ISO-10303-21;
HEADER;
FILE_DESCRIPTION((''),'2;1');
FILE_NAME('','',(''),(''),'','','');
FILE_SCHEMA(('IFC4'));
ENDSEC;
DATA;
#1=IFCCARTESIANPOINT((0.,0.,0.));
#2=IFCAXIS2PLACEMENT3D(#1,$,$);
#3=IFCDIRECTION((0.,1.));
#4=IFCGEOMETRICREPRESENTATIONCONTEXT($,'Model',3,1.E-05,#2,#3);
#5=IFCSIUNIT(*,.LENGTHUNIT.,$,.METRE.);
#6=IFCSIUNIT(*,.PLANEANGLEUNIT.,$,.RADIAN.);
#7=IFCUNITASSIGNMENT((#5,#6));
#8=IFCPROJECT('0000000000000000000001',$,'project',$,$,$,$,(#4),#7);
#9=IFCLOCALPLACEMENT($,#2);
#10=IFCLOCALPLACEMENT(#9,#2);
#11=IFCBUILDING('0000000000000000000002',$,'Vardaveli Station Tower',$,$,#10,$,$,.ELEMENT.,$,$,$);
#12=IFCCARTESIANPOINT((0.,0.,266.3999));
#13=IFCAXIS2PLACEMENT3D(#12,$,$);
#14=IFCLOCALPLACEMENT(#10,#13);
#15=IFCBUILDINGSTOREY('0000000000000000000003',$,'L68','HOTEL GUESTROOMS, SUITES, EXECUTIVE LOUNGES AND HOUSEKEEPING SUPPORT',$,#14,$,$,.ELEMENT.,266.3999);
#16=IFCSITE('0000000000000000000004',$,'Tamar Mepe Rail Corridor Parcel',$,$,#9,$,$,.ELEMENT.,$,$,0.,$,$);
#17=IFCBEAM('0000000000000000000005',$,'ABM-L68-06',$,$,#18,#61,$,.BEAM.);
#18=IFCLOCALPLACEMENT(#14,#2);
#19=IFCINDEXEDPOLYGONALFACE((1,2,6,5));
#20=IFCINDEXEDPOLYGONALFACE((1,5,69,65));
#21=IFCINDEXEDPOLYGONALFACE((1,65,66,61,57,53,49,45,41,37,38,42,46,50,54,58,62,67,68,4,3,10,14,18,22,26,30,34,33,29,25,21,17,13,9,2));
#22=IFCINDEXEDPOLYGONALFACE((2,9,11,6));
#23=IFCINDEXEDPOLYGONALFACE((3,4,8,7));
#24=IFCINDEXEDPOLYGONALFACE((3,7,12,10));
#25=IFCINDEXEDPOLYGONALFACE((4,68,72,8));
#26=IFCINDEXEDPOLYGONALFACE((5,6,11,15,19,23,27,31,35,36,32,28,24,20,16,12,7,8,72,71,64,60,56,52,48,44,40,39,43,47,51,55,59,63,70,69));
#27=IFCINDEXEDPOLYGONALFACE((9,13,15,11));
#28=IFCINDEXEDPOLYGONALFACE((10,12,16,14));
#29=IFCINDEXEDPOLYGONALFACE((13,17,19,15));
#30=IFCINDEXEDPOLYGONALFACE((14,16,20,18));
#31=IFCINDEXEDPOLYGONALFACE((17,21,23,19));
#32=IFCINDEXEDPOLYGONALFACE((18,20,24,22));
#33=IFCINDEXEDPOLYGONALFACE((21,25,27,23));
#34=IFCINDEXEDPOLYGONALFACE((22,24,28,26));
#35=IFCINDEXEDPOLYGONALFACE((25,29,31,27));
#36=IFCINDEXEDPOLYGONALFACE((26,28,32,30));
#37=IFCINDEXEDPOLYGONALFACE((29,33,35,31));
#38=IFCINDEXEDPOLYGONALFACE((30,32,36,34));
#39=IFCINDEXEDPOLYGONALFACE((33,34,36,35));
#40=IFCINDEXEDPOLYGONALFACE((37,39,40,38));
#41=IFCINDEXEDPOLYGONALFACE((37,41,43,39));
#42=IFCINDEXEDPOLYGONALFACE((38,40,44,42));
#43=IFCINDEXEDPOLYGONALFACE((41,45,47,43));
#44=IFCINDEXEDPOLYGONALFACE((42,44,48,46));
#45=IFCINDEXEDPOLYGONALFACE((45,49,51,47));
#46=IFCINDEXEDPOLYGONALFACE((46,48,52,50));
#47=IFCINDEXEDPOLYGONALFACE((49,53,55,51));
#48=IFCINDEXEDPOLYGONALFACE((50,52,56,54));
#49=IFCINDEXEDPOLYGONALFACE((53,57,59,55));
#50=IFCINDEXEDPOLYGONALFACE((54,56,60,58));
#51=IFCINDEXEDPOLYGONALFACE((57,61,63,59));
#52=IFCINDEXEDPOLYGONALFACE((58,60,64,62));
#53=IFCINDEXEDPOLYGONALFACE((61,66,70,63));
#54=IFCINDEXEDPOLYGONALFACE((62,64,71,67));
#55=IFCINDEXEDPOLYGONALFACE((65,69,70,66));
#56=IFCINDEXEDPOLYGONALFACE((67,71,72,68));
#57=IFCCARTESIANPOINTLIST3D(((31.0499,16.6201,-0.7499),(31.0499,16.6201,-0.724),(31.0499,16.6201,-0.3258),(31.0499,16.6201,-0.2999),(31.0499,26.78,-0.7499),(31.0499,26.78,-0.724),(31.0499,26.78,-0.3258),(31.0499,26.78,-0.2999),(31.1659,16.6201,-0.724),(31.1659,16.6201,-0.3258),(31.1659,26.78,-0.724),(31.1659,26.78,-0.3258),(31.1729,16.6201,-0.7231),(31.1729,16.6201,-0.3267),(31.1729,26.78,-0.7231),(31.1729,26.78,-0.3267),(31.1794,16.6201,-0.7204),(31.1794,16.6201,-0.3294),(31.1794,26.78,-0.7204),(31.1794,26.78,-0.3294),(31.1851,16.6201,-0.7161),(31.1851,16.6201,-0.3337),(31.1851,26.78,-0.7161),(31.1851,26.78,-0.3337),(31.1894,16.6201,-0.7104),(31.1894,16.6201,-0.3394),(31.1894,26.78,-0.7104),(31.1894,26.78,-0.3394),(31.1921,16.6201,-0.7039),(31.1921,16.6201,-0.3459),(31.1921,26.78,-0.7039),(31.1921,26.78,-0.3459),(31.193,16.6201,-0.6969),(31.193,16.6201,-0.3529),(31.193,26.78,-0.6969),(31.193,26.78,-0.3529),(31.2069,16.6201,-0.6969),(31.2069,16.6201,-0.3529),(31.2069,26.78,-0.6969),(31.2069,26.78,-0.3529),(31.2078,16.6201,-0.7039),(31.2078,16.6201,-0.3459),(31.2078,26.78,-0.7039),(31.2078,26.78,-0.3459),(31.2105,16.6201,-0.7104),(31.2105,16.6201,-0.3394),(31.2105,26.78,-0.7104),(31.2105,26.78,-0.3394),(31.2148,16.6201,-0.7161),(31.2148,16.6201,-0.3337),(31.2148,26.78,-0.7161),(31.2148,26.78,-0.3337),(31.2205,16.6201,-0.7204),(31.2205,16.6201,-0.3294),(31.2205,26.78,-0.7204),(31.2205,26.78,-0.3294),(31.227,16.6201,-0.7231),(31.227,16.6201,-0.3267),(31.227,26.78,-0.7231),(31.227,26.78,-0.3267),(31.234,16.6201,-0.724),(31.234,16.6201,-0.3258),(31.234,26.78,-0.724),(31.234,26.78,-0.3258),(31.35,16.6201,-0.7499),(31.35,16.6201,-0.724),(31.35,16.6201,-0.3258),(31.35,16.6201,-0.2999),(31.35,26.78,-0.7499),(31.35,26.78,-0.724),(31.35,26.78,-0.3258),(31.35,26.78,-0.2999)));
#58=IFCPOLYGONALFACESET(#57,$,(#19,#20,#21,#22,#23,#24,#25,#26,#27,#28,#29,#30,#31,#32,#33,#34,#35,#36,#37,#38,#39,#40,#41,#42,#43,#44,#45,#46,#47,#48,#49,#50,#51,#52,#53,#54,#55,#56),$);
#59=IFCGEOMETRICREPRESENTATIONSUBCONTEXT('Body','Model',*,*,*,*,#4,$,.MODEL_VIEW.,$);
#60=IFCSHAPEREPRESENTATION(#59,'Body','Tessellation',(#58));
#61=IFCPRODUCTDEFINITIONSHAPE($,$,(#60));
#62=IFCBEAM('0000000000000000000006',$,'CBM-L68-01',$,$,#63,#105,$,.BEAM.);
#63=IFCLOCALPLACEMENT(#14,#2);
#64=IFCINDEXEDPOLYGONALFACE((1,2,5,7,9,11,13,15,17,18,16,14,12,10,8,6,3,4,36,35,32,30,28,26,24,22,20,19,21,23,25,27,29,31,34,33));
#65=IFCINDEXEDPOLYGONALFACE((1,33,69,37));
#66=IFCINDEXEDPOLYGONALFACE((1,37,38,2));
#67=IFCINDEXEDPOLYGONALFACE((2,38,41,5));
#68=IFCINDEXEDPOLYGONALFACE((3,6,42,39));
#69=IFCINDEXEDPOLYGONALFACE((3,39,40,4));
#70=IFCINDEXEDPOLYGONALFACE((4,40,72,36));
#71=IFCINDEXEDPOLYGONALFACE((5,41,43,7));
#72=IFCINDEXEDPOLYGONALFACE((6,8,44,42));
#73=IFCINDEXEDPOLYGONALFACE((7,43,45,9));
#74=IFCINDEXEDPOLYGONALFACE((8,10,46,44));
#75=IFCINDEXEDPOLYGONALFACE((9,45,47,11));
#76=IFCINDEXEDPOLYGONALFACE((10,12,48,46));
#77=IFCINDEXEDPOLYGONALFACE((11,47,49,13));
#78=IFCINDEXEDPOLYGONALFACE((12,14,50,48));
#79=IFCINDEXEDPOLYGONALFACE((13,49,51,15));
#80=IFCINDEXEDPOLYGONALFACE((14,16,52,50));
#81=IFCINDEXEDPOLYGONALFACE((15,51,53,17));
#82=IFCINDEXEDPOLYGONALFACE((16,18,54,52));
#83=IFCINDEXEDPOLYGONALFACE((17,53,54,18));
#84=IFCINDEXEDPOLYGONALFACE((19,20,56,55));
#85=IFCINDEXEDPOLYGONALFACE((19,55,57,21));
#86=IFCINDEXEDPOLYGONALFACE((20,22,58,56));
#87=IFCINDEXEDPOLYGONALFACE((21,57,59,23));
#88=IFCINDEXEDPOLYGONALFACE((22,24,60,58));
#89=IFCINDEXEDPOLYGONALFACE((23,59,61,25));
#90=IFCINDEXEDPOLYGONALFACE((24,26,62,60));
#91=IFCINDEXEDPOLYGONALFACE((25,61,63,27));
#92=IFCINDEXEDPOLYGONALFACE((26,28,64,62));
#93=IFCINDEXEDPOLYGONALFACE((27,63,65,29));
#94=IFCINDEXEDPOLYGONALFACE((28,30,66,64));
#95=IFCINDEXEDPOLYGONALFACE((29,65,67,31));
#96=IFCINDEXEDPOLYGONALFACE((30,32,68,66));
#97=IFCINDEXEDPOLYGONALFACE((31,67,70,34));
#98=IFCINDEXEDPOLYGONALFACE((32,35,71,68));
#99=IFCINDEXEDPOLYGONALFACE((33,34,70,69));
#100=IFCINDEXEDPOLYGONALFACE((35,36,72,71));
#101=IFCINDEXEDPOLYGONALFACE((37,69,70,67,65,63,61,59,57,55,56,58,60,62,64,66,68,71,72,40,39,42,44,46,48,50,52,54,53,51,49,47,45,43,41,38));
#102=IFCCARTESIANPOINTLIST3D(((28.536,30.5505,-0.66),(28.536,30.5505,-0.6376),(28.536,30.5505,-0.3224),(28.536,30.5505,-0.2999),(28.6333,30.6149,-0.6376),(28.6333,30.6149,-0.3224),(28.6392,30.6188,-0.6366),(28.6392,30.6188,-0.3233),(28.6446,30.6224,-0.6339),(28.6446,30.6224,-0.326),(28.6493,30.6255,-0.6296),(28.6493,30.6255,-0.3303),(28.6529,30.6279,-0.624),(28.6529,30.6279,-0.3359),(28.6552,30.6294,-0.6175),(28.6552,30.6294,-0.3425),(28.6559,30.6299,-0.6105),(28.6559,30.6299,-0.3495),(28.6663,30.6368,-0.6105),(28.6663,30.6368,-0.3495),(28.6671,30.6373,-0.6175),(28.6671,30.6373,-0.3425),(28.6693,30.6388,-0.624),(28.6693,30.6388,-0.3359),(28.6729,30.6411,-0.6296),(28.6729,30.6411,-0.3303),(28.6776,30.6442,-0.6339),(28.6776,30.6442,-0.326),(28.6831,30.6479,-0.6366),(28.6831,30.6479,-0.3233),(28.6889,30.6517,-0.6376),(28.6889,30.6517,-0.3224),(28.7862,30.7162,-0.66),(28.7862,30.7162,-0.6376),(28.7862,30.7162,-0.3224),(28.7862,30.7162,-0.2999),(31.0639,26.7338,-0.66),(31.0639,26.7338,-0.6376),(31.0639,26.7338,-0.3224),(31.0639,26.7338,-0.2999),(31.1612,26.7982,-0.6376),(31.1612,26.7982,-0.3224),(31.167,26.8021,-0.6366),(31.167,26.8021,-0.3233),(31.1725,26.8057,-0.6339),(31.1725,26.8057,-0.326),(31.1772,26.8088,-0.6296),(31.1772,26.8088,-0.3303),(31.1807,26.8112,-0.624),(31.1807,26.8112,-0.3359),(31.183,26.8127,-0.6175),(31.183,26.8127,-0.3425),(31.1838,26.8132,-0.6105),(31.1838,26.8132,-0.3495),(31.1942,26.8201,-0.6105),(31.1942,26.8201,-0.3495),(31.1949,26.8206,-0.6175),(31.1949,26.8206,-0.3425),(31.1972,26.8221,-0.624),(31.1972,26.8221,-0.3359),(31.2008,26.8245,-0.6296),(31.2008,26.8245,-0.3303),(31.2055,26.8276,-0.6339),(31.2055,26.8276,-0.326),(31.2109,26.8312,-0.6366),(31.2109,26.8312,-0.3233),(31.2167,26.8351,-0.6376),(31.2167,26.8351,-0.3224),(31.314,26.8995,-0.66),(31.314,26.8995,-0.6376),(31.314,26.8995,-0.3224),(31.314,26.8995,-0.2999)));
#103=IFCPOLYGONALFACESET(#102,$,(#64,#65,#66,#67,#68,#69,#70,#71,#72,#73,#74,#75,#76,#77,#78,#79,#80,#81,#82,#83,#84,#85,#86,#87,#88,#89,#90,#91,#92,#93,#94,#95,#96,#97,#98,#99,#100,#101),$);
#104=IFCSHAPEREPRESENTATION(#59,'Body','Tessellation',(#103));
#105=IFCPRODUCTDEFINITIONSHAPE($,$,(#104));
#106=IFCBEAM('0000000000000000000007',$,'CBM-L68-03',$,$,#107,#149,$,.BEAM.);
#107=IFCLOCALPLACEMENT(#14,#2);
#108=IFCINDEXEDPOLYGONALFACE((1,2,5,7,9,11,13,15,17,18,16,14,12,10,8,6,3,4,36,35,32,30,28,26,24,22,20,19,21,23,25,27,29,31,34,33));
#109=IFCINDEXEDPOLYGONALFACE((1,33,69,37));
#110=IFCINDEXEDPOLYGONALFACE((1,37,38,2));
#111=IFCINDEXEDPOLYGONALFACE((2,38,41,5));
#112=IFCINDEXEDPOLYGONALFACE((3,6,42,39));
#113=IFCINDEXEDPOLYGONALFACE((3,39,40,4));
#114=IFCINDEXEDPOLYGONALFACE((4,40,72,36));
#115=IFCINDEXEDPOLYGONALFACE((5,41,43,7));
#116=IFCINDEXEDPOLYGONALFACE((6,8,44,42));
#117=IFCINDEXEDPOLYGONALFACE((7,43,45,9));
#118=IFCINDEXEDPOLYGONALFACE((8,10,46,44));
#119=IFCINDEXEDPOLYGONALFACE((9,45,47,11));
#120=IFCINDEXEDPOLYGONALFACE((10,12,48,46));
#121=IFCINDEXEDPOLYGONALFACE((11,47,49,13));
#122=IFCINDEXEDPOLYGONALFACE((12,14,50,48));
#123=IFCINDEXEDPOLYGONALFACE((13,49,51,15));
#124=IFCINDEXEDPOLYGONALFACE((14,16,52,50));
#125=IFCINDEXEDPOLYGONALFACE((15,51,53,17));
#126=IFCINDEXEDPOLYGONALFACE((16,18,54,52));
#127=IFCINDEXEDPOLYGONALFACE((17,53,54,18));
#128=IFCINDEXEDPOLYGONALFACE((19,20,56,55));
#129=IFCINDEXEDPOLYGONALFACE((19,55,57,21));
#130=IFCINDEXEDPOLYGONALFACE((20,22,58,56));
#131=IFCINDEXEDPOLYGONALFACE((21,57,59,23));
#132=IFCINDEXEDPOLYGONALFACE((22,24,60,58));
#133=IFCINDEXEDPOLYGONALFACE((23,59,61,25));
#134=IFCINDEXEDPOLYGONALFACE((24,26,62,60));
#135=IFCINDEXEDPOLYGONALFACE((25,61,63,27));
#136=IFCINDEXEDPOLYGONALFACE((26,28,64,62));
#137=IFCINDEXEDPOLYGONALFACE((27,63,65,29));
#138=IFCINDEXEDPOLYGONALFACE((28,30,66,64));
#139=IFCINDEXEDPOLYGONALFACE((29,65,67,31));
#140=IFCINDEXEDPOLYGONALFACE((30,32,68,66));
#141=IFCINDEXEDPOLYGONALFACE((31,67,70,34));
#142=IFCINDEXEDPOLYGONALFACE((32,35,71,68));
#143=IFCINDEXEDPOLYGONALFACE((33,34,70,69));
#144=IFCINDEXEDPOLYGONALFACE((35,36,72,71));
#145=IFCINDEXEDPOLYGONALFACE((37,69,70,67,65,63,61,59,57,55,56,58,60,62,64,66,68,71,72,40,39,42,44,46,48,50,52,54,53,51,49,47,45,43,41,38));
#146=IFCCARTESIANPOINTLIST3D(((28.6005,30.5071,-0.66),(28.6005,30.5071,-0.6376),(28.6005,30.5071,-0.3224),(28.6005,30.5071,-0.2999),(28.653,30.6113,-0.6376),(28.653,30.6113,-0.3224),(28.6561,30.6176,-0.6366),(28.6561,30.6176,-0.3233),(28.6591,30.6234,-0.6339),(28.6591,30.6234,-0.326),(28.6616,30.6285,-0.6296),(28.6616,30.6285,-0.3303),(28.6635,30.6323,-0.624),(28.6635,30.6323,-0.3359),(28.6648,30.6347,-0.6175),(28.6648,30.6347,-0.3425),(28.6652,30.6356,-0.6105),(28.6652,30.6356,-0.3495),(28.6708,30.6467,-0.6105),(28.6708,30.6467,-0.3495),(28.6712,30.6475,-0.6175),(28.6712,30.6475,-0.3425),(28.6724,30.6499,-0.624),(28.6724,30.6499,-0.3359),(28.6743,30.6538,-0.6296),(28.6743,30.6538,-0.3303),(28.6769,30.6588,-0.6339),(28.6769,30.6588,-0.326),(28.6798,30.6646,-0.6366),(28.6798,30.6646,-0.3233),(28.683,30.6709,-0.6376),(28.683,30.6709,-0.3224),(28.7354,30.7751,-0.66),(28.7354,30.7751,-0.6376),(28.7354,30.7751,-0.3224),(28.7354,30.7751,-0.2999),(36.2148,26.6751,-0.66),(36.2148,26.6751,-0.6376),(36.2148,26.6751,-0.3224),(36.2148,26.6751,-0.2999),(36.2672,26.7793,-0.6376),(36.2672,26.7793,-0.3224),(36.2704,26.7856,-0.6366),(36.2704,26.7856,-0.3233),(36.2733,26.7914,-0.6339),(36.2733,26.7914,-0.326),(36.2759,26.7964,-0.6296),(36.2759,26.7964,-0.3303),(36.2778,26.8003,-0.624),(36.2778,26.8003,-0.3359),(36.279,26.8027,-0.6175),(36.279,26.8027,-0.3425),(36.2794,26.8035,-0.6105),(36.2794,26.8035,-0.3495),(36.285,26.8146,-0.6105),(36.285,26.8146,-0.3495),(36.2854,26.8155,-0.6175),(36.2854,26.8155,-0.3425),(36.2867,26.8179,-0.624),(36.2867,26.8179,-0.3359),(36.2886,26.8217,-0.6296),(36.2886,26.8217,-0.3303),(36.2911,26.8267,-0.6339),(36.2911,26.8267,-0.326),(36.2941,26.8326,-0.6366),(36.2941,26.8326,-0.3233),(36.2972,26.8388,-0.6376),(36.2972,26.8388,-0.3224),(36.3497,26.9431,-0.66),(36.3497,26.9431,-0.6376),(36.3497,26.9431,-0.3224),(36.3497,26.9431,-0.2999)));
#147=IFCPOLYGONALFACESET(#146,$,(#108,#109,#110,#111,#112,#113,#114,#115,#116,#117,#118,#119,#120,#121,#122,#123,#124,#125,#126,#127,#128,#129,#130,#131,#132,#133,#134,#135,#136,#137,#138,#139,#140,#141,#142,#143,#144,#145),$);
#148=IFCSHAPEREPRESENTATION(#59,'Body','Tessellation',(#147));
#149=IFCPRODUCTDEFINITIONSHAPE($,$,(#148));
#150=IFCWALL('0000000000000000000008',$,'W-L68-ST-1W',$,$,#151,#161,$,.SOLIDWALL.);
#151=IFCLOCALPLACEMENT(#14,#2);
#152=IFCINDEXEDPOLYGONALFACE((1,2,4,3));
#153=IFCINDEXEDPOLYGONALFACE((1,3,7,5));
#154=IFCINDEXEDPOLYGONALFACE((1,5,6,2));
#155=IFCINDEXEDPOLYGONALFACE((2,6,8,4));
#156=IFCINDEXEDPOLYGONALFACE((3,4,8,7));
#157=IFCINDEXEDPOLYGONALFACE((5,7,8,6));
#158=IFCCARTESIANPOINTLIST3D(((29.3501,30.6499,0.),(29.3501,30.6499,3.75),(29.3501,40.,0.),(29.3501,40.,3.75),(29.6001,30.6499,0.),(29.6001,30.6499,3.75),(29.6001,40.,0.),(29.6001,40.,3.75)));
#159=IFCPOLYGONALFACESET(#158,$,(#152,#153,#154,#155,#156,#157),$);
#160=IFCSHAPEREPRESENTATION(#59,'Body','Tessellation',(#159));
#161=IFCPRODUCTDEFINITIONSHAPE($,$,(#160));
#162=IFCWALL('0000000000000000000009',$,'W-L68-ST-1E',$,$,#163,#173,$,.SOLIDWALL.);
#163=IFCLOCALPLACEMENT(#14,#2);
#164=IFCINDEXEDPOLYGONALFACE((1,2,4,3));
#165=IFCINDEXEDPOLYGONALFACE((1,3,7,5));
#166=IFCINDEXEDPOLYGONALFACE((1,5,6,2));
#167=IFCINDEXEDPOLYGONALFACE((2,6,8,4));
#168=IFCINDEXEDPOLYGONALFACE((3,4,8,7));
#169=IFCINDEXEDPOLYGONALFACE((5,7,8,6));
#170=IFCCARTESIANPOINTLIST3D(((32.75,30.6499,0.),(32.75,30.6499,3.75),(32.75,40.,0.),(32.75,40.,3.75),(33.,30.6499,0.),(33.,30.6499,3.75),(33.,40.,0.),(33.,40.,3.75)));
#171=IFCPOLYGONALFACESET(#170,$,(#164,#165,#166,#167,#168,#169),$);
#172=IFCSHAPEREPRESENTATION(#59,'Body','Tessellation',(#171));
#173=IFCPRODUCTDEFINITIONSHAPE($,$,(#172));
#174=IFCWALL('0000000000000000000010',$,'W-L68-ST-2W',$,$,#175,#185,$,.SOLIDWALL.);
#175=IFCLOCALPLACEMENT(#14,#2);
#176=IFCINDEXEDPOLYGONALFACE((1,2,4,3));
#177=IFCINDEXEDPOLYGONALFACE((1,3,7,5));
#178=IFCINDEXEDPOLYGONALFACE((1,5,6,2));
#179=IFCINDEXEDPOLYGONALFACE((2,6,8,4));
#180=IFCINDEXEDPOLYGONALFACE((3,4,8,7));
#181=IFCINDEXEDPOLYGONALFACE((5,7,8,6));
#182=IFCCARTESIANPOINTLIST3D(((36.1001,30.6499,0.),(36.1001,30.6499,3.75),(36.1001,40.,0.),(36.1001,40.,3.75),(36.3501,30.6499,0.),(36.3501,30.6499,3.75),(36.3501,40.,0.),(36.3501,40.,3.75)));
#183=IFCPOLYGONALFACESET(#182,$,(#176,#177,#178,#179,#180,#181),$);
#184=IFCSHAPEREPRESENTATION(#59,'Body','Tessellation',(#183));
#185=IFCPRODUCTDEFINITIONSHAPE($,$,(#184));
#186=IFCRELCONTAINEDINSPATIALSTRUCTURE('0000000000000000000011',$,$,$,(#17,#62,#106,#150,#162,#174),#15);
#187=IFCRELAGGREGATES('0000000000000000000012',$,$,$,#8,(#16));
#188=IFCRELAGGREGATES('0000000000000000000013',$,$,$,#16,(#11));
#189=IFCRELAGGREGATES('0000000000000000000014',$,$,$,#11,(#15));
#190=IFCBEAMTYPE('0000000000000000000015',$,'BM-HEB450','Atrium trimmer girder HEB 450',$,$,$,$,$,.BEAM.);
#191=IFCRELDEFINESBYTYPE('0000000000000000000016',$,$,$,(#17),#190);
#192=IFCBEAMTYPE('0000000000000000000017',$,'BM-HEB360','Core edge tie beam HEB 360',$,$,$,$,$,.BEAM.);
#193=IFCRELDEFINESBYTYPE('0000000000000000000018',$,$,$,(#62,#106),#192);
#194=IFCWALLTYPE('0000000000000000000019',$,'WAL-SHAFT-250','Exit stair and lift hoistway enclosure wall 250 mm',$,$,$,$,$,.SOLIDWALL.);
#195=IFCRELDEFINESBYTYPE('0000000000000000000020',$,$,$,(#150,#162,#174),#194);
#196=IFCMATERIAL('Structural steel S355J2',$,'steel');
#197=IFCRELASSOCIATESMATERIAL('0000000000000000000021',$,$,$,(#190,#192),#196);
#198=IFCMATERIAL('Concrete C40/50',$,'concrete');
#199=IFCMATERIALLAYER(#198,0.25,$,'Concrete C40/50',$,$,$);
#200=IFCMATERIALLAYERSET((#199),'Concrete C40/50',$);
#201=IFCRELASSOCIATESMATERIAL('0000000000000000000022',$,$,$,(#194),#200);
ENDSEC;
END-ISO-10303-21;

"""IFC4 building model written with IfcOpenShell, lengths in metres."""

from ifc_helpers import new_model, si_unit, direction, frame, frame_2d, origin, origin_2d, place, context, subcontext, project, spatial, rectangle, i_section, extrude, source, transform, mapped, material, layer, layer_set, material_profile, profile_set, type_object, element, save


model = new_model("IFC4")

# Units and contexts
model_context = context("Model", 3, precision=1e-05, world=origin(), true_north=direction((0.0, 1.0)))
body_context = subcontext(model_context, "Body", "Model", "MODEL_VIEW")
ifc_project = project(units=[si_unit("LENGTHUNIT", "METRE"), si_unit("PLANEANGLEUNIT", "RADIAN")], contexts=[model_context])

# Site, building, storey
site_placement = place(None, origin())
site = spatial("IfcSite", under=ifc_project, at=site_placement, Name="Tamar Mepe Rail Corridor Parcel", CompositionType="ELEMENT", RefElevation=0.0)
building_placement = place(site_placement, origin())
building = spatial("IfcBuilding", under=site, at=building_placement, Name="Vardaveli Station Tower", CompositionType="ELEMENT")
storey_placement = place(building_placement, frame((0.0, 0.0, 266.3999)))
storey = spatial("IfcBuildingStorey", under=building, at=storey_placement, Name="L68", Description="HOTEL GUESTROOMS, SUITES, EXECUTIVE LOUNGES AND HOUSEKEEPING SUPPORT", CompositionType="ELEMENT", Elevation=266.3999)

# Beams
ifc_material_1 = material(Name="Structural steel S355J2", Category="steel")
ifc_material_profile_1 = material_profile(ifc_material_1, i_section(OverallWidth=0.3, OverallDepth=0.45, WebThickness=0.0139, FlangeThickness=0.0259, FilletRadius=0.0271, at=origin_2d()), Name="HEB 450")
ifc_profile_set_1 = profile_set([ifc_material_profile_1], Name="Structural steel S355J2")
beam_type_1 = type_object("IfcBeamType", Name="BM-HEB450", Description="Atrium trimmer girder HEB 450", PredefinedType="BEAM", material=ifc_profile_set_1)
shared_shape_1 = source(origin(), body_context, "Body", "SweptSolid", [
    extrude(i_section(OverallWidth=0.3, OverallDepth=0.45, WebThickness=0.0139, FlangeThickness=0.0259, FilletRadius=0.0271, at=origin_2d()), origin(), (0.0, 0.0, 1.0), 10.1599),
])
beam_1_placement = place(storey_placement, frame((31.2, 26.78, -0.5249), z_axis=(0.0, -1.0, 0.0), x_axis=(1.0, 0.0, 0.0)))
element("IfcBeam", 1, at=beam_1_placement, inside=storey, type_object=beam_type_1, Name="ABM-L68-06", PredefinedType="BEAM", context=body_context, shape_type="MappedRepresentation", body=[
    mapped(shared_shape_1, transform((0.0, 0.0, 0.0), scale=1.0)),
])
ifc_material_profile_2 = material_profile(ifc_material_1, i_section(OverallWidth=0.3, OverallDepth=0.3601, WebThickness=0.0125, FlangeThickness=0.0225, FilletRadius=0.0271, at=origin_2d()), Name="HEB 360")
ifc_profile_set_2 = profile_set([ifc_material_profile_2], Name="Structural steel S355J2")
beam_type_2 = type_object("IfcBeamType", Name="BM-HEB360", Description="Core edge tie beam HEB 360", PredefinedType="BEAM", material=ifc_profile_set_2)
shared_shape_2 = source(origin(), body_context, "Body", "SweptSolid", [
    extrude(i_section(OverallWidth=0.3, OverallDepth=0.3601, WebThickness=0.0125, FlangeThickness=0.0225, FilletRadius=0.0271, at=origin_2d()), origin(), (0.0, 0.0, 1.0), 4.5779),
])
beam_2_placement = place(storey_placement, frame((31.189, 26.8167, -0.48), z_axis=(-0.552187, 0.83372, 0.0), x_axis=(-0.83372, -0.552187, 0.0)))
element("IfcBeam", 2, at=beam_2_placement, inside=storey, type_object=beam_type_2, Name="CBM-L68-01", PredefinedType="BEAM", context=body_context, shape_type="MappedRepresentation", body=[
    mapped(shared_shape_2, transform((0.0, 0.0, 0.0), scale=1.0)),
])
shared_shape_3 = source(origin(), body_context, "Body", "SweptSolid", [
    extrude(i_section(OverallWidth=0.3, OverallDepth=0.3601, WebThickness=0.0125, FlangeThickness=0.0225, FilletRadius=0.0271, at=origin_2d()), origin(), (0.0, 0.0, 1.0), 8.5242),
])
beam_3_placement = place(storey_placement, frame((28.668, 30.6411, -0.48), z_axis=(0.893256, -0.449549, 0.0), x_axis=(0.449549, 0.893256, 0.0)))
element("IfcBeam", 3, at=beam_3_placement, inside=storey, type_object=beam_type_2, Name="CBM-L68-03", PredefinedType="BEAM", context=body_context, shape_type="MappedRepresentation", body=[
    mapped(shared_shape_3, transform((0.0, 0.0, 0.0), scale=1.0)),
])

# Walls
ifc_material_2 = material(Name="Concrete C40/50", Category="concrete")
ifc_layer_1 = layer(ifc_material_2, 0.25, Name="Concrete C40/50")
ifc_layer_set_1 = layer_set([ifc_layer_1], Name="Concrete C40/50")
wall_type_1 = type_object("IfcWallType", Name="WAL-SHAFT-250", Description="Exit stair and lift hoistway enclosure wall 250 mm", PredefinedType="SOLIDWALL", material=ifc_layer_set_1)
shared_shape_4 = source(origin(), body_context, "Body", "SweptSolid", [
    extrude(rectangle(XDim=9.3501, YDim=0.25, at=frame_2d((4.675, 0.0))), origin(), (0.0, 0.0, 1.0), 3.75),
])
for number, where, z_axis, x_axis, name in (
    (4, (29.4751, 30.6499, 0.0), (0.0, 0.0, 1.0), (0.0, 1.0, 0.0), "W-L68-ST-1W"),
    (5, (32.875, 30.6499, 0.0), (0.0, 0.0, 1.0), (0.0, 1.0, 0.0), "W-L68-ST-1E"),
    (6, (36.2251, 30.6499, 0.0), (0.0, 0.0, 1.0), (0.0, 1.0, 0.0), "W-L68-ST-2W"),
):
    element("IfcWall", number, at=place(storey_placement, frame(where, z_axis=z_axis, x_axis=x_axis)), inside=storey, type_object=wall_type_1, Name=name, PredefinedType="SOLIDWALL", context=body_context, shape_type="MappedRepresentation", body=[
        mapped(shared_shape_4, transform((0.0, 0.0, 0.0), scale=1.0)),
    ])

save(model, "model.ifc")
